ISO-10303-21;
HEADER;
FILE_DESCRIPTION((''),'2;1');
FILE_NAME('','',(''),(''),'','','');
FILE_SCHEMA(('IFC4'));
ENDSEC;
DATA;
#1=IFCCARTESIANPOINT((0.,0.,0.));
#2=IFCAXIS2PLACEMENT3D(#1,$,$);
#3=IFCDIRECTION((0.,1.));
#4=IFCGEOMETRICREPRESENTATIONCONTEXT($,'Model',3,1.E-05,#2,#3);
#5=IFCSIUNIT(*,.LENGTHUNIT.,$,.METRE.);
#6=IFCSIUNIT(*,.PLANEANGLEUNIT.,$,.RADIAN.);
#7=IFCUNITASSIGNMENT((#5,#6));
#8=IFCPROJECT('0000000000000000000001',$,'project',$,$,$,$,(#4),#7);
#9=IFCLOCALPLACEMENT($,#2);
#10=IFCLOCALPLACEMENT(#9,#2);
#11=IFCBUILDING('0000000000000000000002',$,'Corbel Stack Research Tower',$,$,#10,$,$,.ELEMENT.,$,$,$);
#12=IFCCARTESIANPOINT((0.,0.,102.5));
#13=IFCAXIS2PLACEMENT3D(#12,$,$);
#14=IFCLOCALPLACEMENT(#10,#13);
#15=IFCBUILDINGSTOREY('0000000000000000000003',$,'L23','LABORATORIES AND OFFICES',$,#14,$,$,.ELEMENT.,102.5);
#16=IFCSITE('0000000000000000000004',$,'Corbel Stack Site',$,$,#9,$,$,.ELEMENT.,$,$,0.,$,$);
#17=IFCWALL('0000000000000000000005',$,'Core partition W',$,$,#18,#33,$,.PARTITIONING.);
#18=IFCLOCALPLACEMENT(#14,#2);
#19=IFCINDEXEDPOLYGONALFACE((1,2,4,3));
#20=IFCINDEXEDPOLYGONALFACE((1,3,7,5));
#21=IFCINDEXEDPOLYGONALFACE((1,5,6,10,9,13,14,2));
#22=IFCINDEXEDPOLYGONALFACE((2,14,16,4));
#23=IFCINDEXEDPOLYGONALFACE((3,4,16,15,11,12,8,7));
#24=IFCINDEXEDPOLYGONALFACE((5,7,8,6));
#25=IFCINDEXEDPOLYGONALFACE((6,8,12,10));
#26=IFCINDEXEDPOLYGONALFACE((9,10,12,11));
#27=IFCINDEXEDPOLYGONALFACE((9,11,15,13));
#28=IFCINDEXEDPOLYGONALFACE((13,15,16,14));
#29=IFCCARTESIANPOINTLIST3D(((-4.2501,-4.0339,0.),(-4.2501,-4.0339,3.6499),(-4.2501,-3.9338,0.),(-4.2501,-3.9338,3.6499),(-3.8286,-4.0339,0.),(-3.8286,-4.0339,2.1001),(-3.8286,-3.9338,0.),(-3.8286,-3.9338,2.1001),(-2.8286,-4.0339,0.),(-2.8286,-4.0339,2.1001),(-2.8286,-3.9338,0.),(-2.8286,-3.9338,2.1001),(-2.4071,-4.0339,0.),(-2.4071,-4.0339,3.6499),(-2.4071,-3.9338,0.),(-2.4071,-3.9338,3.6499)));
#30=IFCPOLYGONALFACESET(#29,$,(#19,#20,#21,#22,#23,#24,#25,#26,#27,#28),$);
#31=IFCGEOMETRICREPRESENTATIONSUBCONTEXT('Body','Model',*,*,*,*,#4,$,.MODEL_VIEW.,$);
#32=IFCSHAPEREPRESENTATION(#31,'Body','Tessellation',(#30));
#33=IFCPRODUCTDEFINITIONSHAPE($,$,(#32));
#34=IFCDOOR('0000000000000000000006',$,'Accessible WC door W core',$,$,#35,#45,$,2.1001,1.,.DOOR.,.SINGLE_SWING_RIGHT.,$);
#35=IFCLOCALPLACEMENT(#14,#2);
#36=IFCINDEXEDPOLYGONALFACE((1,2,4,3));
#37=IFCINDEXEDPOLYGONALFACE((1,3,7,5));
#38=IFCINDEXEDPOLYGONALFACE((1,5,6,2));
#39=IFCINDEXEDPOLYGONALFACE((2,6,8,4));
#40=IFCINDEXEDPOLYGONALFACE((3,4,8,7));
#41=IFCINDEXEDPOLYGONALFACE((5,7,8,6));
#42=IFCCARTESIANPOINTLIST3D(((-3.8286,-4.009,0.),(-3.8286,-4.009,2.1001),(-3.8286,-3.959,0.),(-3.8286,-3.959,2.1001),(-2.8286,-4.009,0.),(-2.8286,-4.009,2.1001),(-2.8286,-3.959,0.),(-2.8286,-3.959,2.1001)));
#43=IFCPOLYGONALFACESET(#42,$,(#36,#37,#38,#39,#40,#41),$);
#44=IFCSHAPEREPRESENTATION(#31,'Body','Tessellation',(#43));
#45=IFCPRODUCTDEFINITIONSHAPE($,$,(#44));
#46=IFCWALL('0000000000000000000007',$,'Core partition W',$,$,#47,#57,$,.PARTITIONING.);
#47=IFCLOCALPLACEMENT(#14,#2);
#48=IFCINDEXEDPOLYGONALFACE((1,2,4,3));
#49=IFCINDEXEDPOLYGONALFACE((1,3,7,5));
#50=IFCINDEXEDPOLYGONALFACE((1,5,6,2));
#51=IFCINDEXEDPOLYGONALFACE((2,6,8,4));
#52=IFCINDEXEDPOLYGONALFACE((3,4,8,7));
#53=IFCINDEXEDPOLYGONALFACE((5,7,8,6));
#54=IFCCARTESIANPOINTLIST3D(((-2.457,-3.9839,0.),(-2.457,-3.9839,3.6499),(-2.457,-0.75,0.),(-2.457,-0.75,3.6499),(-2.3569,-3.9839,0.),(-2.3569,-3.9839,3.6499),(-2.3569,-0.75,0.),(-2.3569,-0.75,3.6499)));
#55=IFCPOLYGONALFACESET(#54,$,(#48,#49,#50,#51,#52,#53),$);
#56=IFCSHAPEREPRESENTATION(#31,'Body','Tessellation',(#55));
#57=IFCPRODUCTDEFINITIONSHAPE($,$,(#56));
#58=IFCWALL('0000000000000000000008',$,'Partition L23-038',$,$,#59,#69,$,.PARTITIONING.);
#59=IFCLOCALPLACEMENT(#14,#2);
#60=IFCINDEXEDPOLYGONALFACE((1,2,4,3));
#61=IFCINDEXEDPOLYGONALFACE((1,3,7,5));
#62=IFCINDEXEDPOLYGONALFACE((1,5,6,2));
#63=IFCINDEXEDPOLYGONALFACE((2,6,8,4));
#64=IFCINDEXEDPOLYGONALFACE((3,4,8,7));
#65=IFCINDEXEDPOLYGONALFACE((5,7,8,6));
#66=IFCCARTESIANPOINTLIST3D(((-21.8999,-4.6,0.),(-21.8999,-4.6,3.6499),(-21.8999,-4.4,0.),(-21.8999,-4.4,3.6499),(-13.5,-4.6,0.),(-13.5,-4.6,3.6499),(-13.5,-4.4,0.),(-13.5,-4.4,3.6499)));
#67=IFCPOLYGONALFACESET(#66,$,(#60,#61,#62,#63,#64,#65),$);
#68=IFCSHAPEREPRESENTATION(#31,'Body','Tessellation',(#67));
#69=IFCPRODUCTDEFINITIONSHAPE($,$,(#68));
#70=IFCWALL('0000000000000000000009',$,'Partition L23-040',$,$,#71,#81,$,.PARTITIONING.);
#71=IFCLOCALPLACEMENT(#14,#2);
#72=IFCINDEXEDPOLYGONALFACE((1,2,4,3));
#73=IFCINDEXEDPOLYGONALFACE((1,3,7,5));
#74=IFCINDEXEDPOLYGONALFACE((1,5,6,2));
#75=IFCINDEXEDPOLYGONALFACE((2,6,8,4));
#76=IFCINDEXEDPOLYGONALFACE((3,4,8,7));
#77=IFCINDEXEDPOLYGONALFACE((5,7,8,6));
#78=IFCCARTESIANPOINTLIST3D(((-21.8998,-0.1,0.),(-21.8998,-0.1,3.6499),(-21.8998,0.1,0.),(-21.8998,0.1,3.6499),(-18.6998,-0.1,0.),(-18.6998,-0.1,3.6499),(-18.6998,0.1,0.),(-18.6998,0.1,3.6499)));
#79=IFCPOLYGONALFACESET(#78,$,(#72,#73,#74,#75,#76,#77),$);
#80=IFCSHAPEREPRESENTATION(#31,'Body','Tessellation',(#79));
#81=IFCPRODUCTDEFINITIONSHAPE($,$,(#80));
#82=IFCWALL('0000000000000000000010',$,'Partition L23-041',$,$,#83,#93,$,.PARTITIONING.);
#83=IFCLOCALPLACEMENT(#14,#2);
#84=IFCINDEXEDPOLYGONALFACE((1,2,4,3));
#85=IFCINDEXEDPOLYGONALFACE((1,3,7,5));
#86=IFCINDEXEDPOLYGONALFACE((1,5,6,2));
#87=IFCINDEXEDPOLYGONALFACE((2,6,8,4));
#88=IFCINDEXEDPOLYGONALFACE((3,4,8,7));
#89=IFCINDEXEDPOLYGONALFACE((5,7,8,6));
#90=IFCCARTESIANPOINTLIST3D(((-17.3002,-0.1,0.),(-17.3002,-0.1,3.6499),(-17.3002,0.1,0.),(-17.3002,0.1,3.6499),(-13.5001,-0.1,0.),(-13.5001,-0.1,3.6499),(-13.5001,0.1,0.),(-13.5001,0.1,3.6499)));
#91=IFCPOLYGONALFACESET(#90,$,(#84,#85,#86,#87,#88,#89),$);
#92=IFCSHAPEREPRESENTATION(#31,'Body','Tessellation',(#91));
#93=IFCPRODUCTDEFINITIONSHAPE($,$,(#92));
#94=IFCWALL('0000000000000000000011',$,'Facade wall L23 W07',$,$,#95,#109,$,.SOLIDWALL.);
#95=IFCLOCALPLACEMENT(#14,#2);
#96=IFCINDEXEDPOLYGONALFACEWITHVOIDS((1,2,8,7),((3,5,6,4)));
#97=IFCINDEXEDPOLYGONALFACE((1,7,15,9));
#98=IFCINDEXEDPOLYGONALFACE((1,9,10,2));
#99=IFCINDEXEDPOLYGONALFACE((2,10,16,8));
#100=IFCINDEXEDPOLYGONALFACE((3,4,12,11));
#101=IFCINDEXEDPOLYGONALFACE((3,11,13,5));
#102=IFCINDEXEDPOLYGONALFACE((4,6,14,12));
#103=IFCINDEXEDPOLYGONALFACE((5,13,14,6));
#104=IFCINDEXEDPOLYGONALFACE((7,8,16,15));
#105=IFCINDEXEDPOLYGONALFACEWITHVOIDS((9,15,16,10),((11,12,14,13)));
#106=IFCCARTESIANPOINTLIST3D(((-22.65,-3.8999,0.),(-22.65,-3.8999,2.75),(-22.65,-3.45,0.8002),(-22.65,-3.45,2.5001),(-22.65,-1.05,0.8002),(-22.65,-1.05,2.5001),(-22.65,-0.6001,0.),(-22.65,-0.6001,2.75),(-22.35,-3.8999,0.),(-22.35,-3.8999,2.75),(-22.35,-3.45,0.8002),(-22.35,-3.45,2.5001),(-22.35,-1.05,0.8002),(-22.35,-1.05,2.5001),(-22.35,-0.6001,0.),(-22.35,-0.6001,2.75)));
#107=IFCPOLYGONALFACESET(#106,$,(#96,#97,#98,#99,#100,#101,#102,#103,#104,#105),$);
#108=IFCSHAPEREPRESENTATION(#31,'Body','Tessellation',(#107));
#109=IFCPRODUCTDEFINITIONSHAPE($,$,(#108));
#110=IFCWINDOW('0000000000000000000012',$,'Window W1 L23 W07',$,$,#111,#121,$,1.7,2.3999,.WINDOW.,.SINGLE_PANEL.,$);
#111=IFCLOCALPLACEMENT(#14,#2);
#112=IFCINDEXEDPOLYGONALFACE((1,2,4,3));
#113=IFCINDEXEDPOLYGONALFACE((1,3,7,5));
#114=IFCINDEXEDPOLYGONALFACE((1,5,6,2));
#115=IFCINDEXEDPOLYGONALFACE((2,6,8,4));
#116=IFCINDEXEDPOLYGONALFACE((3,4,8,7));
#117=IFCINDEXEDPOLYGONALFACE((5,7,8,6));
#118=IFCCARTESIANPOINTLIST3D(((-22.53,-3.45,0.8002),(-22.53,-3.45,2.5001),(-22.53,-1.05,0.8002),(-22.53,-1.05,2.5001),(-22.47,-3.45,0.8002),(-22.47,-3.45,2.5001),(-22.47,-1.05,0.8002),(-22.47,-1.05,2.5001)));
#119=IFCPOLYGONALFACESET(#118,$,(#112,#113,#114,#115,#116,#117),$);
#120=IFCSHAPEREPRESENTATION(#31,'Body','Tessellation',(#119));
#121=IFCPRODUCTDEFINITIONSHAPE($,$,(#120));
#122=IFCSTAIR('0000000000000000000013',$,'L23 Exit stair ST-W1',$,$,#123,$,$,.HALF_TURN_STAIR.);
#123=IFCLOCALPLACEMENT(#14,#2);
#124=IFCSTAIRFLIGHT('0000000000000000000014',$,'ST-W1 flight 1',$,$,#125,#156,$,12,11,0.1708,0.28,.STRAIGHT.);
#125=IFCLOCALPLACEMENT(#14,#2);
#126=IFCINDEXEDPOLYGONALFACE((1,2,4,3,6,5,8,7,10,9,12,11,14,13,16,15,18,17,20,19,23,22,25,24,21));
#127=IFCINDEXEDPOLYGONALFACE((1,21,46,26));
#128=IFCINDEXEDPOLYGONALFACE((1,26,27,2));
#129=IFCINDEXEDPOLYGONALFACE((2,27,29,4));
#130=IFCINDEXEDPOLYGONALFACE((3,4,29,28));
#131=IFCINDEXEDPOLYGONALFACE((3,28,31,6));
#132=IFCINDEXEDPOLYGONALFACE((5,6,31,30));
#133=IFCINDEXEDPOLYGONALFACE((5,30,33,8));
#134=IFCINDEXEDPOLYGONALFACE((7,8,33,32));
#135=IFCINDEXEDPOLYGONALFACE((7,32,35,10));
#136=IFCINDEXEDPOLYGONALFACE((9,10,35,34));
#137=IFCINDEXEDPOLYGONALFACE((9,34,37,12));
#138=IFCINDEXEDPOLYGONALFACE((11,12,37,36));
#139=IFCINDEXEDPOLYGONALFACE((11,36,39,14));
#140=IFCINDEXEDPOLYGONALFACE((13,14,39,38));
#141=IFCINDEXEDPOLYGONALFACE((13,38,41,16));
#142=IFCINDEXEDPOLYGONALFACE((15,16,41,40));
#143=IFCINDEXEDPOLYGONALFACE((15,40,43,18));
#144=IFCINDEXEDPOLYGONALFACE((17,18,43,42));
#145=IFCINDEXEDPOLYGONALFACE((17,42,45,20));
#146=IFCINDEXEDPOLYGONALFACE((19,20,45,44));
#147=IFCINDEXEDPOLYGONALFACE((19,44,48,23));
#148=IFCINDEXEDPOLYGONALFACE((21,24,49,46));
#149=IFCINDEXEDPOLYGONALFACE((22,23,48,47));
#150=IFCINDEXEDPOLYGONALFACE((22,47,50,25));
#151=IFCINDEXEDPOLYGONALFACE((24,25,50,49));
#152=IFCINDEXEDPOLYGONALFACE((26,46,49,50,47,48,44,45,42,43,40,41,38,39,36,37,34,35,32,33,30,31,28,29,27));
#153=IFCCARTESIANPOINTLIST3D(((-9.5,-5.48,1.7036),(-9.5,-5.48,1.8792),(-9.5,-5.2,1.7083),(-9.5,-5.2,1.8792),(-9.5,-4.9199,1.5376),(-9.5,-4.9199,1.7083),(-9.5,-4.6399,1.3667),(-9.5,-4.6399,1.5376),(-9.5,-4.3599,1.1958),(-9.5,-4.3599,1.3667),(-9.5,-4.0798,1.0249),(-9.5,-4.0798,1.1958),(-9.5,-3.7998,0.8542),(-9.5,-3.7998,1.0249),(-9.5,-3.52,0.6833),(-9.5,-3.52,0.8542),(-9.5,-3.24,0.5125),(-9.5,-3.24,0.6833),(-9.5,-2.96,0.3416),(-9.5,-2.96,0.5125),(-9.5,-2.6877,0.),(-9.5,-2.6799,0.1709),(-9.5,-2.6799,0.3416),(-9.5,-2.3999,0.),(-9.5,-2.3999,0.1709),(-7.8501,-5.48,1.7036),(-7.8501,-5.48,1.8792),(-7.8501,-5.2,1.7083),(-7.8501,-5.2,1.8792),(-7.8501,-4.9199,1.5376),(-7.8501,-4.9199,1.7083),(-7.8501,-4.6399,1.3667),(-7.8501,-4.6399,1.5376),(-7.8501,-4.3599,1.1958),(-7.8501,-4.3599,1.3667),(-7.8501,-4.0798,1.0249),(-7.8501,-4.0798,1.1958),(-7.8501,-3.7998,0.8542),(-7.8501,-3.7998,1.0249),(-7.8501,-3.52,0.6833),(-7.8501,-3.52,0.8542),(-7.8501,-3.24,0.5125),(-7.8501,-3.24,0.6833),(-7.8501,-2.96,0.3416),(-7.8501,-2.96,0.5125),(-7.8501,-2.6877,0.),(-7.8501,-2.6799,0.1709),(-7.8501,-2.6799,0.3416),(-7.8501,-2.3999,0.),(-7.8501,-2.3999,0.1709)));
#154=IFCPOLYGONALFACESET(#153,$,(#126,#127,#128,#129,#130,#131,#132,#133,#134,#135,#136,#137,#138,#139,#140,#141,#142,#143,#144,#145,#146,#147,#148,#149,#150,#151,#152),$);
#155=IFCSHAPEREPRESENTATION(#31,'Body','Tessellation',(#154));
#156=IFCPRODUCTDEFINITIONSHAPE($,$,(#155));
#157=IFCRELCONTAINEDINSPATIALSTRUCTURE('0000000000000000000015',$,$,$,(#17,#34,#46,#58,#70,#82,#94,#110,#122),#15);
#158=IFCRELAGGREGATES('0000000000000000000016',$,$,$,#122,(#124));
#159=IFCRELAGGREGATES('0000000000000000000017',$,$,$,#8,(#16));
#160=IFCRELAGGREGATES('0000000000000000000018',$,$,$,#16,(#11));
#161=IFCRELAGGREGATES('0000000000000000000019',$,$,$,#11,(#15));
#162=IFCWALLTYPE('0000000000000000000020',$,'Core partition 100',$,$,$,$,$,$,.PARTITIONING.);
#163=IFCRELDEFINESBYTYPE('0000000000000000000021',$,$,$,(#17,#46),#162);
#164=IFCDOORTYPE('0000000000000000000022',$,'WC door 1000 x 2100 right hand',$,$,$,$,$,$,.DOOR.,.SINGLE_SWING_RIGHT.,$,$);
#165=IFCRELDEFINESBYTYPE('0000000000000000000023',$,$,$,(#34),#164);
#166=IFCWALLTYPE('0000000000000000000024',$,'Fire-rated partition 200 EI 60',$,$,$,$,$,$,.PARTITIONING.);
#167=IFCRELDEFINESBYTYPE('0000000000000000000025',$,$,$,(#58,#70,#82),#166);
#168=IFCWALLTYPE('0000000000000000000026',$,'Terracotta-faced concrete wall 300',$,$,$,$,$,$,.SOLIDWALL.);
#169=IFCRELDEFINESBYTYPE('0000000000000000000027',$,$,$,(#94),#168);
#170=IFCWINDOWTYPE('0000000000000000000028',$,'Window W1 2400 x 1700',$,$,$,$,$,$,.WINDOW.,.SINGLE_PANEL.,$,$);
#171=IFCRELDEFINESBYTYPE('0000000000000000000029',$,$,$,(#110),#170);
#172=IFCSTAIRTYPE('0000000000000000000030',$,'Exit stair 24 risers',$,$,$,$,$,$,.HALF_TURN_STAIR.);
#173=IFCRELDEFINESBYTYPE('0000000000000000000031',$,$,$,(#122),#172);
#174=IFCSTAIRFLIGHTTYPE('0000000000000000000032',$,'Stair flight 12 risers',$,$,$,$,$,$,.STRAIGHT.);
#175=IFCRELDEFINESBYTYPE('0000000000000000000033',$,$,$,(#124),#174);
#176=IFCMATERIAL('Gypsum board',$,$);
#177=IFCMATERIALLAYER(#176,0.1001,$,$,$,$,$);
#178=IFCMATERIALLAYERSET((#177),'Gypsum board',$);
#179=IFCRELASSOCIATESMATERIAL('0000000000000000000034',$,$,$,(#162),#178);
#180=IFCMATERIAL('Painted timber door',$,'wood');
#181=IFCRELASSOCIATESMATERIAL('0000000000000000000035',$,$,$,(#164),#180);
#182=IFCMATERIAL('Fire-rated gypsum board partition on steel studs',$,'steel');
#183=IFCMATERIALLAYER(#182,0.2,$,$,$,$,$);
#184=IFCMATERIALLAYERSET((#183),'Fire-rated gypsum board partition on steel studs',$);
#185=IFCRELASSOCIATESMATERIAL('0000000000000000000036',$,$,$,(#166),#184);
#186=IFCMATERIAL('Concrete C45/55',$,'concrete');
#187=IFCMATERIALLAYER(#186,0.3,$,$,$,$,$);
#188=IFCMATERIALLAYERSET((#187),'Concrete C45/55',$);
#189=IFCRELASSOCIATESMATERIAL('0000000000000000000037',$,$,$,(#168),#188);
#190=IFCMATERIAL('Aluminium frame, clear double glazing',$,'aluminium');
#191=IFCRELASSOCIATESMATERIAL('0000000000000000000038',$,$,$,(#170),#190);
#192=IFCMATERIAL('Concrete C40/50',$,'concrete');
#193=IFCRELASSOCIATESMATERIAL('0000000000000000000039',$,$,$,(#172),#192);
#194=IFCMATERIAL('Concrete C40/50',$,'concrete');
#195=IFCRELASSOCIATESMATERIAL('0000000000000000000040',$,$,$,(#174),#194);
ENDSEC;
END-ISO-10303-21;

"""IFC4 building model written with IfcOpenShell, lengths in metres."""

from ifc_helpers import new_model, si_unit, direction, frame, frame_2d, origin, place, context, subcontext, project, spatial, polyline, rectangle, outline, extrude, material, layer, layer_set, type_object, element, fill, aggregate, save


model = new_model("IFC4")

# Units and contexts
model_context = context("Model", 3, precision=1e-05, world=origin(), true_north=direction((0.0, 1.0)))
body_context = subcontext(model_context, "Body", "Model", "MODEL_VIEW")
ifc_project = project(units=[si_unit("LENGTHUNIT", "METRE"), si_unit("PLANEANGLEUNIT", "RADIAN")], contexts=[model_context])

# Site, building, storey
site_placement = place(None, origin())
site = spatial("IfcSite", under=ifc_project, at=site_placement, Name="Corbel Stack Site", CompositionType="ELEMENT", RefElevation=0.0)
building_placement = place(site_placement, origin())
building = spatial("IfcBuilding", under=site, at=building_placement, Name="Corbel Stack Research Tower", CompositionType="ELEMENT")
storey_placement = place(building_placement, frame((0.0, 0.0, 102.5)))
storey = spatial("IfcBuildingStorey", under=building, at=storey_placement, Name="L23", Description="LABORATORIES AND OFFICES", CompositionType="ELEMENT", Elevation=102.5)

# Wall, opening, door
ifc_material_1 = material(Name="Gypsum board")
ifc_layer_1 = layer(ifc_material_1, 0.1001)
ifc_layer_set_1 = layer_set([ifc_layer_1], Name="Gypsum board")
wall_type_1 = type_object("IfcWallType", Name="Core partition 100", PredefinedType="PARTITIONING", material=ifc_layer_set_1)
ifc_material_2 = material(Name="Painted timber door", Category="wood")
door_type_1 = type_object("IfcDoorType", Name="WC door 1000 x 2100 right hand", OperationType="SINGLE_SWING_RIGHT", PredefinedType="DOOR", material=ifc_material_2)
wall_1_placement = place(storey_placement, frame((-4.25, -3.9839, 0.0), z_axis=(0.0, 0.0, 1.0), x_axis=(1.0, 0.0, 0.0)))
wall_1 = element("IfcWall", 1, at=wall_1_placement, inside=storey, type_object=wall_type_1, Name="Core partition W", PredefinedType="PARTITIONING", context=body_context, shape_type="SweptSolid", body=[
    extrude(rectangle(XDim=1.843, YDim=0.1001, at=frame_2d((0.9214, 0.0))), origin(), (0.0, 0.0, 1.0), 3.6499),
])
opening_1_placement = place(wall_1_placement, frame((0.4214, 0.0, 0.0)))
opening_1 = element("IfcOpeningElement", 2, at=opening_1_placement, cuts=wall_1, PredefinedType="OPENING", context=body_context, shape_type="SweptSolid", body=[
    extrude(rectangle(XDim=1.0, YDim=2.1001, at=frame_2d((0.5, 1.05))), frame((0.0, 0.0601, 0.0), z_axis=(0.0, -1.0, 0.0), x_axis=(1.0, 0.0, 0.0)), (0.0, 0.0, 1.0), 0.1201),
])
door_1_placement = place(opening_1_placement, origin())
door_1 = element("IfcDoor", 3, at=door_1_placement, inside=storey, type_object=door_type_1, Name="Accessible WC door W core", OperationType="SINGLE_SWING_RIGHT", OverallHeight=2.1001, OverallWidth=1.0, PredefinedType="DOOR", context=body_context, shape_type="SweptSolid", body=[
    extrude(rectangle(XDim=1.0, YDim=2.1001, at=frame_2d((0.5, 1.05))), frame((0.0, 0.0249, 0.0), z_axis=(0.0, -1.0, 0.0), x_axis=(1.0, 0.0, 0.0)), (0.0, 0.0, 1.0), 0.05),
])
fill(opening_1, door_1)

# Walls
wall_2_placement = place(storey_placement, frame((-2.407, -3.9839, 0.0), z_axis=(0.0, 0.0, 1.0), x_axis=(0.0, 1.0, 0.0)))
element("IfcWall", 4, at=wall_2_placement, inside=storey, type_object=wall_type_1, Name="Core partition W", PredefinedType="PARTITIONING", context=body_context, shape_type="SweptSolid", body=[
    extrude(rectangle(XDim=3.2339, YDim=0.1001, at=frame_2d((1.6169, 0.0))), origin(), (0.0, 0.0, 1.0), 3.6499),
])
ifc_material_3 = material(Name="Fire-rated gypsum board partition on steel studs", Category="steel")
ifc_layer_2 = layer(ifc_material_3, 0.2)
ifc_layer_set_2 = layer_set([ifc_layer_2], Name="Fire-rated gypsum board partition on steel studs")
wall_type_2 = type_object("IfcWallType", Name="Fire-rated partition 200 EI 60", PredefinedType="PARTITIONING", material=ifc_layer_set_2)
wall_3_placement = place(storey_placement, frame((-21.8999, -4.5, 0.0), z_axis=(0.0, 0.0, 1.0), x_axis=(1.0, 0.0, 0.0)))
element("IfcWall", 5, at=wall_3_placement, inside=storey, type_object=wall_type_2, Name="Partition L23-038", PredefinedType="PARTITIONING", context=body_context, shape_type="SweptSolid", body=[
    extrude(rectangle(XDim=8.3999, YDim=0.2, at=frame_2d((4.2, 0.0))), origin(), (0.0, 0.0, 1.0), 3.6499),
])
wall_4_placement = place(storey_placement, frame((-21.8999, 0.0, 0.0), z_axis=(0.0, 0.0, 1.0), x_axis=(1.0, 0.0, 0.0)))
element("IfcWall", 6, at=wall_4_placement, inside=storey, type_object=wall_type_2, Name="Partition L23-040", PredefinedType="PARTITIONING", context=body_context, shape_type="SweptSolid", body=[
    extrude(rectangle(XDim=3.2, YDim=0.2, at=frame_2d((1.6001, 0.0))), origin(), (0.0, 0.0, 1.0), 3.6499),
])
wall_5_placement = place(storey_placement, frame((-17.3, 0.0, 0.0), z_axis=(0.0, 0.0, 1.0), x_axis=(1.0, 0.0, 0.0)))
element("IfcWall", 7, at=wall_5_placement, inside=storey, type_object=wall_type_2, Name="Partition L23-041", PredefinedType="PARTITIONING", context=body_context, shape_type="SweptSolid", body=[
    extrude(rectangle(XDim=3.8, YDim=0.2, at=frame_2d((1.8999, 0.0))), origin(), (0.0, 0.0, 1.0), 3.6499),
])

# Wall, opening, window
ifc_material_4 = material(Name="Concrete C45/55", Category="concrete")
ifc_layer_3 = layer(ifc_material_4, 0.3)
ifc_layer_set_3 = layer_set([ifc_layer_3], Name="Concrete C45/55")
wall_type_3 = type_object("IfcWallType", Name="Terracotta-faced concrete wall 300", PredefinedType="SOLIDWALL", material=ifc_layer_set_3)
wall_6_placement = place(storey_placement, frame((-22.5, -3.8999, 0.0), z_axis=(0.0, 0.0, 1.0), x_axis=(0.0, 1.0, 0.0)))
wall_6 = element("IfcWall", 8, at=wall_6_placement, inside=storey, type_object=wall_type_3, Name="Facade wall L23 W07", PredefinedType="SOLIDWALL", context=body_context, shape_type="SweptSolid", body=[
    extrude(rectangle(XDim=3.2998, YDim=0.3, at=frame_2d((1.6499, 0.0))), origin(), (0.0, 0.0, 1.0), 2.75),
])
opening_2_placement = place(wall_6_placement, frame((0.45, 0.0, 0.8)))
opening_2 = element("IfcOpeningElement", 9, at=opening_2_placement, cuts=wall_6, PredefinedType="OPENING", context=body_context, shape_type="SweptSolid", body=[
    extrude(rectangle(XDim=2.3999, YDim=1.7, at=frame_2d((1.2, 0.8501))), frame((0.0, 0.1599, 0.0), z_axis=(0.0, -1.0, 0.0), x_axis=(1.0, 0.0, 0.0)), (0.0, 0.0, 1.0), 0.3201),
])
ifc_material_5 = material(Name="Aluminium frame, clear double glazing", Category="aluminium")
window_type = type_object("IfcWindowType", Name="Window W1 2400 x 1700", PartitioningType="SINGLE_PANEL", PredefinedType="WINDOW", material=ifc_material_5)
window_placement = place(opening_2_placement, origin())
window = element("IfcWindow", 10, at=window_placement, inside=storey, type_object=window_type, Name="Window W1 L23 W07", OverallHeight=1.7, OverallWidth=2.3999, PartitioningType="SINGLE_PANEL", PredefinedType="WINDOW", context=body_context, shape_type="SweptSolid", body=[
    extrude(rectangle(XDim=2.3999, YDim=1.7, at=frame_2d((1.2, 0.8501))), frame((0.0, 0.03, 0.0), z_axis=(0.0, -1.0, 0.0), x_axis=(1.0, 0.0, 0.0)), (0.0, 0.0, 1.0), 0.0601),
])
fill(opening_2, window)

# Stair, stair flight
ifc_material_6 = material(Name="Concrete C40/50", Category="concrete")
stair_type = type_object("IfcStairType", Name="Exit stair 24 risers", PredefinedType="HALF_TURN_STAIR", material=ifc_material_6)
stair_placement = place(storey_placement, origin())
stair = element("IfcStair", 11, at=stair_placement, inside=storey, type_object=stair_type, Name="L23 Exit stair ST-W1", PredefinedType="HALF_TURN_STAIR")
ifc_material_7 = material(Name="Concrete C40/50", Category="concrete")
stair_flight_type = type_object("IfcStairFlightType", Name="Stair flight 12 risers", PredefinedType="STRAIGHT", material=ifc_material_7)
stair_flight_placement = place(storey_placement, frame((-8.675, -2.3999, 0.0), z_axis=(0.0, 0.0, 1.0), x_axis=(0.0, -1.0, 0.0)))
stair_flight = element("IfcStairFlight", 12, at=stair_flight_placement, type_object=stair_flight_type, Name="ST-W1 flight 1", NumberOfRisers=12, NumberOfTreads=11, PredefinedType="STRAIGHT", RiserHeight=0.1708, TreadLength=0.28, context=body_context, shape_type="SweptSolid", body=[
    extrude(outline(polyline([(0.0, 0.0), (0.0, 0.1709), (0.28, 0.1709), (0.28, 0.3416), (0.5601, 0.3416), (0.5601, 0.5125), (0.8401, 0.5125), (0.8401, 0.6833), (1.1201, 0.6833), (1.1201, 0.8542), (1.3999, 0.8542), (1.3999, 1.0249), (1.6799, 1.0249), (1.6799, 1.1958), (1.96, 1.1958), (1.96, 1.3667), (2.24, 1.3667), (2.24, 1.5376), (2.52, 1.5376), (2.52, 1.7083), (2.8, 1.7083), (2.8, 1.8792), (3.0801, 1.8792), (3.0801, 2.05), (3.0801, 1.7036), (0.2878, 0.0), (0.0, 0.0)])), frame((0.0, 0.825, 0.0), z_axis=(0.0, -1.0, 0.0), x_axis=(1.0, 0.0, 0.0)), (0.0, 0.0, 1.0), 1.6499),
])
aggregate(stair, [stair_flight])

save(model, "model.ifc")
